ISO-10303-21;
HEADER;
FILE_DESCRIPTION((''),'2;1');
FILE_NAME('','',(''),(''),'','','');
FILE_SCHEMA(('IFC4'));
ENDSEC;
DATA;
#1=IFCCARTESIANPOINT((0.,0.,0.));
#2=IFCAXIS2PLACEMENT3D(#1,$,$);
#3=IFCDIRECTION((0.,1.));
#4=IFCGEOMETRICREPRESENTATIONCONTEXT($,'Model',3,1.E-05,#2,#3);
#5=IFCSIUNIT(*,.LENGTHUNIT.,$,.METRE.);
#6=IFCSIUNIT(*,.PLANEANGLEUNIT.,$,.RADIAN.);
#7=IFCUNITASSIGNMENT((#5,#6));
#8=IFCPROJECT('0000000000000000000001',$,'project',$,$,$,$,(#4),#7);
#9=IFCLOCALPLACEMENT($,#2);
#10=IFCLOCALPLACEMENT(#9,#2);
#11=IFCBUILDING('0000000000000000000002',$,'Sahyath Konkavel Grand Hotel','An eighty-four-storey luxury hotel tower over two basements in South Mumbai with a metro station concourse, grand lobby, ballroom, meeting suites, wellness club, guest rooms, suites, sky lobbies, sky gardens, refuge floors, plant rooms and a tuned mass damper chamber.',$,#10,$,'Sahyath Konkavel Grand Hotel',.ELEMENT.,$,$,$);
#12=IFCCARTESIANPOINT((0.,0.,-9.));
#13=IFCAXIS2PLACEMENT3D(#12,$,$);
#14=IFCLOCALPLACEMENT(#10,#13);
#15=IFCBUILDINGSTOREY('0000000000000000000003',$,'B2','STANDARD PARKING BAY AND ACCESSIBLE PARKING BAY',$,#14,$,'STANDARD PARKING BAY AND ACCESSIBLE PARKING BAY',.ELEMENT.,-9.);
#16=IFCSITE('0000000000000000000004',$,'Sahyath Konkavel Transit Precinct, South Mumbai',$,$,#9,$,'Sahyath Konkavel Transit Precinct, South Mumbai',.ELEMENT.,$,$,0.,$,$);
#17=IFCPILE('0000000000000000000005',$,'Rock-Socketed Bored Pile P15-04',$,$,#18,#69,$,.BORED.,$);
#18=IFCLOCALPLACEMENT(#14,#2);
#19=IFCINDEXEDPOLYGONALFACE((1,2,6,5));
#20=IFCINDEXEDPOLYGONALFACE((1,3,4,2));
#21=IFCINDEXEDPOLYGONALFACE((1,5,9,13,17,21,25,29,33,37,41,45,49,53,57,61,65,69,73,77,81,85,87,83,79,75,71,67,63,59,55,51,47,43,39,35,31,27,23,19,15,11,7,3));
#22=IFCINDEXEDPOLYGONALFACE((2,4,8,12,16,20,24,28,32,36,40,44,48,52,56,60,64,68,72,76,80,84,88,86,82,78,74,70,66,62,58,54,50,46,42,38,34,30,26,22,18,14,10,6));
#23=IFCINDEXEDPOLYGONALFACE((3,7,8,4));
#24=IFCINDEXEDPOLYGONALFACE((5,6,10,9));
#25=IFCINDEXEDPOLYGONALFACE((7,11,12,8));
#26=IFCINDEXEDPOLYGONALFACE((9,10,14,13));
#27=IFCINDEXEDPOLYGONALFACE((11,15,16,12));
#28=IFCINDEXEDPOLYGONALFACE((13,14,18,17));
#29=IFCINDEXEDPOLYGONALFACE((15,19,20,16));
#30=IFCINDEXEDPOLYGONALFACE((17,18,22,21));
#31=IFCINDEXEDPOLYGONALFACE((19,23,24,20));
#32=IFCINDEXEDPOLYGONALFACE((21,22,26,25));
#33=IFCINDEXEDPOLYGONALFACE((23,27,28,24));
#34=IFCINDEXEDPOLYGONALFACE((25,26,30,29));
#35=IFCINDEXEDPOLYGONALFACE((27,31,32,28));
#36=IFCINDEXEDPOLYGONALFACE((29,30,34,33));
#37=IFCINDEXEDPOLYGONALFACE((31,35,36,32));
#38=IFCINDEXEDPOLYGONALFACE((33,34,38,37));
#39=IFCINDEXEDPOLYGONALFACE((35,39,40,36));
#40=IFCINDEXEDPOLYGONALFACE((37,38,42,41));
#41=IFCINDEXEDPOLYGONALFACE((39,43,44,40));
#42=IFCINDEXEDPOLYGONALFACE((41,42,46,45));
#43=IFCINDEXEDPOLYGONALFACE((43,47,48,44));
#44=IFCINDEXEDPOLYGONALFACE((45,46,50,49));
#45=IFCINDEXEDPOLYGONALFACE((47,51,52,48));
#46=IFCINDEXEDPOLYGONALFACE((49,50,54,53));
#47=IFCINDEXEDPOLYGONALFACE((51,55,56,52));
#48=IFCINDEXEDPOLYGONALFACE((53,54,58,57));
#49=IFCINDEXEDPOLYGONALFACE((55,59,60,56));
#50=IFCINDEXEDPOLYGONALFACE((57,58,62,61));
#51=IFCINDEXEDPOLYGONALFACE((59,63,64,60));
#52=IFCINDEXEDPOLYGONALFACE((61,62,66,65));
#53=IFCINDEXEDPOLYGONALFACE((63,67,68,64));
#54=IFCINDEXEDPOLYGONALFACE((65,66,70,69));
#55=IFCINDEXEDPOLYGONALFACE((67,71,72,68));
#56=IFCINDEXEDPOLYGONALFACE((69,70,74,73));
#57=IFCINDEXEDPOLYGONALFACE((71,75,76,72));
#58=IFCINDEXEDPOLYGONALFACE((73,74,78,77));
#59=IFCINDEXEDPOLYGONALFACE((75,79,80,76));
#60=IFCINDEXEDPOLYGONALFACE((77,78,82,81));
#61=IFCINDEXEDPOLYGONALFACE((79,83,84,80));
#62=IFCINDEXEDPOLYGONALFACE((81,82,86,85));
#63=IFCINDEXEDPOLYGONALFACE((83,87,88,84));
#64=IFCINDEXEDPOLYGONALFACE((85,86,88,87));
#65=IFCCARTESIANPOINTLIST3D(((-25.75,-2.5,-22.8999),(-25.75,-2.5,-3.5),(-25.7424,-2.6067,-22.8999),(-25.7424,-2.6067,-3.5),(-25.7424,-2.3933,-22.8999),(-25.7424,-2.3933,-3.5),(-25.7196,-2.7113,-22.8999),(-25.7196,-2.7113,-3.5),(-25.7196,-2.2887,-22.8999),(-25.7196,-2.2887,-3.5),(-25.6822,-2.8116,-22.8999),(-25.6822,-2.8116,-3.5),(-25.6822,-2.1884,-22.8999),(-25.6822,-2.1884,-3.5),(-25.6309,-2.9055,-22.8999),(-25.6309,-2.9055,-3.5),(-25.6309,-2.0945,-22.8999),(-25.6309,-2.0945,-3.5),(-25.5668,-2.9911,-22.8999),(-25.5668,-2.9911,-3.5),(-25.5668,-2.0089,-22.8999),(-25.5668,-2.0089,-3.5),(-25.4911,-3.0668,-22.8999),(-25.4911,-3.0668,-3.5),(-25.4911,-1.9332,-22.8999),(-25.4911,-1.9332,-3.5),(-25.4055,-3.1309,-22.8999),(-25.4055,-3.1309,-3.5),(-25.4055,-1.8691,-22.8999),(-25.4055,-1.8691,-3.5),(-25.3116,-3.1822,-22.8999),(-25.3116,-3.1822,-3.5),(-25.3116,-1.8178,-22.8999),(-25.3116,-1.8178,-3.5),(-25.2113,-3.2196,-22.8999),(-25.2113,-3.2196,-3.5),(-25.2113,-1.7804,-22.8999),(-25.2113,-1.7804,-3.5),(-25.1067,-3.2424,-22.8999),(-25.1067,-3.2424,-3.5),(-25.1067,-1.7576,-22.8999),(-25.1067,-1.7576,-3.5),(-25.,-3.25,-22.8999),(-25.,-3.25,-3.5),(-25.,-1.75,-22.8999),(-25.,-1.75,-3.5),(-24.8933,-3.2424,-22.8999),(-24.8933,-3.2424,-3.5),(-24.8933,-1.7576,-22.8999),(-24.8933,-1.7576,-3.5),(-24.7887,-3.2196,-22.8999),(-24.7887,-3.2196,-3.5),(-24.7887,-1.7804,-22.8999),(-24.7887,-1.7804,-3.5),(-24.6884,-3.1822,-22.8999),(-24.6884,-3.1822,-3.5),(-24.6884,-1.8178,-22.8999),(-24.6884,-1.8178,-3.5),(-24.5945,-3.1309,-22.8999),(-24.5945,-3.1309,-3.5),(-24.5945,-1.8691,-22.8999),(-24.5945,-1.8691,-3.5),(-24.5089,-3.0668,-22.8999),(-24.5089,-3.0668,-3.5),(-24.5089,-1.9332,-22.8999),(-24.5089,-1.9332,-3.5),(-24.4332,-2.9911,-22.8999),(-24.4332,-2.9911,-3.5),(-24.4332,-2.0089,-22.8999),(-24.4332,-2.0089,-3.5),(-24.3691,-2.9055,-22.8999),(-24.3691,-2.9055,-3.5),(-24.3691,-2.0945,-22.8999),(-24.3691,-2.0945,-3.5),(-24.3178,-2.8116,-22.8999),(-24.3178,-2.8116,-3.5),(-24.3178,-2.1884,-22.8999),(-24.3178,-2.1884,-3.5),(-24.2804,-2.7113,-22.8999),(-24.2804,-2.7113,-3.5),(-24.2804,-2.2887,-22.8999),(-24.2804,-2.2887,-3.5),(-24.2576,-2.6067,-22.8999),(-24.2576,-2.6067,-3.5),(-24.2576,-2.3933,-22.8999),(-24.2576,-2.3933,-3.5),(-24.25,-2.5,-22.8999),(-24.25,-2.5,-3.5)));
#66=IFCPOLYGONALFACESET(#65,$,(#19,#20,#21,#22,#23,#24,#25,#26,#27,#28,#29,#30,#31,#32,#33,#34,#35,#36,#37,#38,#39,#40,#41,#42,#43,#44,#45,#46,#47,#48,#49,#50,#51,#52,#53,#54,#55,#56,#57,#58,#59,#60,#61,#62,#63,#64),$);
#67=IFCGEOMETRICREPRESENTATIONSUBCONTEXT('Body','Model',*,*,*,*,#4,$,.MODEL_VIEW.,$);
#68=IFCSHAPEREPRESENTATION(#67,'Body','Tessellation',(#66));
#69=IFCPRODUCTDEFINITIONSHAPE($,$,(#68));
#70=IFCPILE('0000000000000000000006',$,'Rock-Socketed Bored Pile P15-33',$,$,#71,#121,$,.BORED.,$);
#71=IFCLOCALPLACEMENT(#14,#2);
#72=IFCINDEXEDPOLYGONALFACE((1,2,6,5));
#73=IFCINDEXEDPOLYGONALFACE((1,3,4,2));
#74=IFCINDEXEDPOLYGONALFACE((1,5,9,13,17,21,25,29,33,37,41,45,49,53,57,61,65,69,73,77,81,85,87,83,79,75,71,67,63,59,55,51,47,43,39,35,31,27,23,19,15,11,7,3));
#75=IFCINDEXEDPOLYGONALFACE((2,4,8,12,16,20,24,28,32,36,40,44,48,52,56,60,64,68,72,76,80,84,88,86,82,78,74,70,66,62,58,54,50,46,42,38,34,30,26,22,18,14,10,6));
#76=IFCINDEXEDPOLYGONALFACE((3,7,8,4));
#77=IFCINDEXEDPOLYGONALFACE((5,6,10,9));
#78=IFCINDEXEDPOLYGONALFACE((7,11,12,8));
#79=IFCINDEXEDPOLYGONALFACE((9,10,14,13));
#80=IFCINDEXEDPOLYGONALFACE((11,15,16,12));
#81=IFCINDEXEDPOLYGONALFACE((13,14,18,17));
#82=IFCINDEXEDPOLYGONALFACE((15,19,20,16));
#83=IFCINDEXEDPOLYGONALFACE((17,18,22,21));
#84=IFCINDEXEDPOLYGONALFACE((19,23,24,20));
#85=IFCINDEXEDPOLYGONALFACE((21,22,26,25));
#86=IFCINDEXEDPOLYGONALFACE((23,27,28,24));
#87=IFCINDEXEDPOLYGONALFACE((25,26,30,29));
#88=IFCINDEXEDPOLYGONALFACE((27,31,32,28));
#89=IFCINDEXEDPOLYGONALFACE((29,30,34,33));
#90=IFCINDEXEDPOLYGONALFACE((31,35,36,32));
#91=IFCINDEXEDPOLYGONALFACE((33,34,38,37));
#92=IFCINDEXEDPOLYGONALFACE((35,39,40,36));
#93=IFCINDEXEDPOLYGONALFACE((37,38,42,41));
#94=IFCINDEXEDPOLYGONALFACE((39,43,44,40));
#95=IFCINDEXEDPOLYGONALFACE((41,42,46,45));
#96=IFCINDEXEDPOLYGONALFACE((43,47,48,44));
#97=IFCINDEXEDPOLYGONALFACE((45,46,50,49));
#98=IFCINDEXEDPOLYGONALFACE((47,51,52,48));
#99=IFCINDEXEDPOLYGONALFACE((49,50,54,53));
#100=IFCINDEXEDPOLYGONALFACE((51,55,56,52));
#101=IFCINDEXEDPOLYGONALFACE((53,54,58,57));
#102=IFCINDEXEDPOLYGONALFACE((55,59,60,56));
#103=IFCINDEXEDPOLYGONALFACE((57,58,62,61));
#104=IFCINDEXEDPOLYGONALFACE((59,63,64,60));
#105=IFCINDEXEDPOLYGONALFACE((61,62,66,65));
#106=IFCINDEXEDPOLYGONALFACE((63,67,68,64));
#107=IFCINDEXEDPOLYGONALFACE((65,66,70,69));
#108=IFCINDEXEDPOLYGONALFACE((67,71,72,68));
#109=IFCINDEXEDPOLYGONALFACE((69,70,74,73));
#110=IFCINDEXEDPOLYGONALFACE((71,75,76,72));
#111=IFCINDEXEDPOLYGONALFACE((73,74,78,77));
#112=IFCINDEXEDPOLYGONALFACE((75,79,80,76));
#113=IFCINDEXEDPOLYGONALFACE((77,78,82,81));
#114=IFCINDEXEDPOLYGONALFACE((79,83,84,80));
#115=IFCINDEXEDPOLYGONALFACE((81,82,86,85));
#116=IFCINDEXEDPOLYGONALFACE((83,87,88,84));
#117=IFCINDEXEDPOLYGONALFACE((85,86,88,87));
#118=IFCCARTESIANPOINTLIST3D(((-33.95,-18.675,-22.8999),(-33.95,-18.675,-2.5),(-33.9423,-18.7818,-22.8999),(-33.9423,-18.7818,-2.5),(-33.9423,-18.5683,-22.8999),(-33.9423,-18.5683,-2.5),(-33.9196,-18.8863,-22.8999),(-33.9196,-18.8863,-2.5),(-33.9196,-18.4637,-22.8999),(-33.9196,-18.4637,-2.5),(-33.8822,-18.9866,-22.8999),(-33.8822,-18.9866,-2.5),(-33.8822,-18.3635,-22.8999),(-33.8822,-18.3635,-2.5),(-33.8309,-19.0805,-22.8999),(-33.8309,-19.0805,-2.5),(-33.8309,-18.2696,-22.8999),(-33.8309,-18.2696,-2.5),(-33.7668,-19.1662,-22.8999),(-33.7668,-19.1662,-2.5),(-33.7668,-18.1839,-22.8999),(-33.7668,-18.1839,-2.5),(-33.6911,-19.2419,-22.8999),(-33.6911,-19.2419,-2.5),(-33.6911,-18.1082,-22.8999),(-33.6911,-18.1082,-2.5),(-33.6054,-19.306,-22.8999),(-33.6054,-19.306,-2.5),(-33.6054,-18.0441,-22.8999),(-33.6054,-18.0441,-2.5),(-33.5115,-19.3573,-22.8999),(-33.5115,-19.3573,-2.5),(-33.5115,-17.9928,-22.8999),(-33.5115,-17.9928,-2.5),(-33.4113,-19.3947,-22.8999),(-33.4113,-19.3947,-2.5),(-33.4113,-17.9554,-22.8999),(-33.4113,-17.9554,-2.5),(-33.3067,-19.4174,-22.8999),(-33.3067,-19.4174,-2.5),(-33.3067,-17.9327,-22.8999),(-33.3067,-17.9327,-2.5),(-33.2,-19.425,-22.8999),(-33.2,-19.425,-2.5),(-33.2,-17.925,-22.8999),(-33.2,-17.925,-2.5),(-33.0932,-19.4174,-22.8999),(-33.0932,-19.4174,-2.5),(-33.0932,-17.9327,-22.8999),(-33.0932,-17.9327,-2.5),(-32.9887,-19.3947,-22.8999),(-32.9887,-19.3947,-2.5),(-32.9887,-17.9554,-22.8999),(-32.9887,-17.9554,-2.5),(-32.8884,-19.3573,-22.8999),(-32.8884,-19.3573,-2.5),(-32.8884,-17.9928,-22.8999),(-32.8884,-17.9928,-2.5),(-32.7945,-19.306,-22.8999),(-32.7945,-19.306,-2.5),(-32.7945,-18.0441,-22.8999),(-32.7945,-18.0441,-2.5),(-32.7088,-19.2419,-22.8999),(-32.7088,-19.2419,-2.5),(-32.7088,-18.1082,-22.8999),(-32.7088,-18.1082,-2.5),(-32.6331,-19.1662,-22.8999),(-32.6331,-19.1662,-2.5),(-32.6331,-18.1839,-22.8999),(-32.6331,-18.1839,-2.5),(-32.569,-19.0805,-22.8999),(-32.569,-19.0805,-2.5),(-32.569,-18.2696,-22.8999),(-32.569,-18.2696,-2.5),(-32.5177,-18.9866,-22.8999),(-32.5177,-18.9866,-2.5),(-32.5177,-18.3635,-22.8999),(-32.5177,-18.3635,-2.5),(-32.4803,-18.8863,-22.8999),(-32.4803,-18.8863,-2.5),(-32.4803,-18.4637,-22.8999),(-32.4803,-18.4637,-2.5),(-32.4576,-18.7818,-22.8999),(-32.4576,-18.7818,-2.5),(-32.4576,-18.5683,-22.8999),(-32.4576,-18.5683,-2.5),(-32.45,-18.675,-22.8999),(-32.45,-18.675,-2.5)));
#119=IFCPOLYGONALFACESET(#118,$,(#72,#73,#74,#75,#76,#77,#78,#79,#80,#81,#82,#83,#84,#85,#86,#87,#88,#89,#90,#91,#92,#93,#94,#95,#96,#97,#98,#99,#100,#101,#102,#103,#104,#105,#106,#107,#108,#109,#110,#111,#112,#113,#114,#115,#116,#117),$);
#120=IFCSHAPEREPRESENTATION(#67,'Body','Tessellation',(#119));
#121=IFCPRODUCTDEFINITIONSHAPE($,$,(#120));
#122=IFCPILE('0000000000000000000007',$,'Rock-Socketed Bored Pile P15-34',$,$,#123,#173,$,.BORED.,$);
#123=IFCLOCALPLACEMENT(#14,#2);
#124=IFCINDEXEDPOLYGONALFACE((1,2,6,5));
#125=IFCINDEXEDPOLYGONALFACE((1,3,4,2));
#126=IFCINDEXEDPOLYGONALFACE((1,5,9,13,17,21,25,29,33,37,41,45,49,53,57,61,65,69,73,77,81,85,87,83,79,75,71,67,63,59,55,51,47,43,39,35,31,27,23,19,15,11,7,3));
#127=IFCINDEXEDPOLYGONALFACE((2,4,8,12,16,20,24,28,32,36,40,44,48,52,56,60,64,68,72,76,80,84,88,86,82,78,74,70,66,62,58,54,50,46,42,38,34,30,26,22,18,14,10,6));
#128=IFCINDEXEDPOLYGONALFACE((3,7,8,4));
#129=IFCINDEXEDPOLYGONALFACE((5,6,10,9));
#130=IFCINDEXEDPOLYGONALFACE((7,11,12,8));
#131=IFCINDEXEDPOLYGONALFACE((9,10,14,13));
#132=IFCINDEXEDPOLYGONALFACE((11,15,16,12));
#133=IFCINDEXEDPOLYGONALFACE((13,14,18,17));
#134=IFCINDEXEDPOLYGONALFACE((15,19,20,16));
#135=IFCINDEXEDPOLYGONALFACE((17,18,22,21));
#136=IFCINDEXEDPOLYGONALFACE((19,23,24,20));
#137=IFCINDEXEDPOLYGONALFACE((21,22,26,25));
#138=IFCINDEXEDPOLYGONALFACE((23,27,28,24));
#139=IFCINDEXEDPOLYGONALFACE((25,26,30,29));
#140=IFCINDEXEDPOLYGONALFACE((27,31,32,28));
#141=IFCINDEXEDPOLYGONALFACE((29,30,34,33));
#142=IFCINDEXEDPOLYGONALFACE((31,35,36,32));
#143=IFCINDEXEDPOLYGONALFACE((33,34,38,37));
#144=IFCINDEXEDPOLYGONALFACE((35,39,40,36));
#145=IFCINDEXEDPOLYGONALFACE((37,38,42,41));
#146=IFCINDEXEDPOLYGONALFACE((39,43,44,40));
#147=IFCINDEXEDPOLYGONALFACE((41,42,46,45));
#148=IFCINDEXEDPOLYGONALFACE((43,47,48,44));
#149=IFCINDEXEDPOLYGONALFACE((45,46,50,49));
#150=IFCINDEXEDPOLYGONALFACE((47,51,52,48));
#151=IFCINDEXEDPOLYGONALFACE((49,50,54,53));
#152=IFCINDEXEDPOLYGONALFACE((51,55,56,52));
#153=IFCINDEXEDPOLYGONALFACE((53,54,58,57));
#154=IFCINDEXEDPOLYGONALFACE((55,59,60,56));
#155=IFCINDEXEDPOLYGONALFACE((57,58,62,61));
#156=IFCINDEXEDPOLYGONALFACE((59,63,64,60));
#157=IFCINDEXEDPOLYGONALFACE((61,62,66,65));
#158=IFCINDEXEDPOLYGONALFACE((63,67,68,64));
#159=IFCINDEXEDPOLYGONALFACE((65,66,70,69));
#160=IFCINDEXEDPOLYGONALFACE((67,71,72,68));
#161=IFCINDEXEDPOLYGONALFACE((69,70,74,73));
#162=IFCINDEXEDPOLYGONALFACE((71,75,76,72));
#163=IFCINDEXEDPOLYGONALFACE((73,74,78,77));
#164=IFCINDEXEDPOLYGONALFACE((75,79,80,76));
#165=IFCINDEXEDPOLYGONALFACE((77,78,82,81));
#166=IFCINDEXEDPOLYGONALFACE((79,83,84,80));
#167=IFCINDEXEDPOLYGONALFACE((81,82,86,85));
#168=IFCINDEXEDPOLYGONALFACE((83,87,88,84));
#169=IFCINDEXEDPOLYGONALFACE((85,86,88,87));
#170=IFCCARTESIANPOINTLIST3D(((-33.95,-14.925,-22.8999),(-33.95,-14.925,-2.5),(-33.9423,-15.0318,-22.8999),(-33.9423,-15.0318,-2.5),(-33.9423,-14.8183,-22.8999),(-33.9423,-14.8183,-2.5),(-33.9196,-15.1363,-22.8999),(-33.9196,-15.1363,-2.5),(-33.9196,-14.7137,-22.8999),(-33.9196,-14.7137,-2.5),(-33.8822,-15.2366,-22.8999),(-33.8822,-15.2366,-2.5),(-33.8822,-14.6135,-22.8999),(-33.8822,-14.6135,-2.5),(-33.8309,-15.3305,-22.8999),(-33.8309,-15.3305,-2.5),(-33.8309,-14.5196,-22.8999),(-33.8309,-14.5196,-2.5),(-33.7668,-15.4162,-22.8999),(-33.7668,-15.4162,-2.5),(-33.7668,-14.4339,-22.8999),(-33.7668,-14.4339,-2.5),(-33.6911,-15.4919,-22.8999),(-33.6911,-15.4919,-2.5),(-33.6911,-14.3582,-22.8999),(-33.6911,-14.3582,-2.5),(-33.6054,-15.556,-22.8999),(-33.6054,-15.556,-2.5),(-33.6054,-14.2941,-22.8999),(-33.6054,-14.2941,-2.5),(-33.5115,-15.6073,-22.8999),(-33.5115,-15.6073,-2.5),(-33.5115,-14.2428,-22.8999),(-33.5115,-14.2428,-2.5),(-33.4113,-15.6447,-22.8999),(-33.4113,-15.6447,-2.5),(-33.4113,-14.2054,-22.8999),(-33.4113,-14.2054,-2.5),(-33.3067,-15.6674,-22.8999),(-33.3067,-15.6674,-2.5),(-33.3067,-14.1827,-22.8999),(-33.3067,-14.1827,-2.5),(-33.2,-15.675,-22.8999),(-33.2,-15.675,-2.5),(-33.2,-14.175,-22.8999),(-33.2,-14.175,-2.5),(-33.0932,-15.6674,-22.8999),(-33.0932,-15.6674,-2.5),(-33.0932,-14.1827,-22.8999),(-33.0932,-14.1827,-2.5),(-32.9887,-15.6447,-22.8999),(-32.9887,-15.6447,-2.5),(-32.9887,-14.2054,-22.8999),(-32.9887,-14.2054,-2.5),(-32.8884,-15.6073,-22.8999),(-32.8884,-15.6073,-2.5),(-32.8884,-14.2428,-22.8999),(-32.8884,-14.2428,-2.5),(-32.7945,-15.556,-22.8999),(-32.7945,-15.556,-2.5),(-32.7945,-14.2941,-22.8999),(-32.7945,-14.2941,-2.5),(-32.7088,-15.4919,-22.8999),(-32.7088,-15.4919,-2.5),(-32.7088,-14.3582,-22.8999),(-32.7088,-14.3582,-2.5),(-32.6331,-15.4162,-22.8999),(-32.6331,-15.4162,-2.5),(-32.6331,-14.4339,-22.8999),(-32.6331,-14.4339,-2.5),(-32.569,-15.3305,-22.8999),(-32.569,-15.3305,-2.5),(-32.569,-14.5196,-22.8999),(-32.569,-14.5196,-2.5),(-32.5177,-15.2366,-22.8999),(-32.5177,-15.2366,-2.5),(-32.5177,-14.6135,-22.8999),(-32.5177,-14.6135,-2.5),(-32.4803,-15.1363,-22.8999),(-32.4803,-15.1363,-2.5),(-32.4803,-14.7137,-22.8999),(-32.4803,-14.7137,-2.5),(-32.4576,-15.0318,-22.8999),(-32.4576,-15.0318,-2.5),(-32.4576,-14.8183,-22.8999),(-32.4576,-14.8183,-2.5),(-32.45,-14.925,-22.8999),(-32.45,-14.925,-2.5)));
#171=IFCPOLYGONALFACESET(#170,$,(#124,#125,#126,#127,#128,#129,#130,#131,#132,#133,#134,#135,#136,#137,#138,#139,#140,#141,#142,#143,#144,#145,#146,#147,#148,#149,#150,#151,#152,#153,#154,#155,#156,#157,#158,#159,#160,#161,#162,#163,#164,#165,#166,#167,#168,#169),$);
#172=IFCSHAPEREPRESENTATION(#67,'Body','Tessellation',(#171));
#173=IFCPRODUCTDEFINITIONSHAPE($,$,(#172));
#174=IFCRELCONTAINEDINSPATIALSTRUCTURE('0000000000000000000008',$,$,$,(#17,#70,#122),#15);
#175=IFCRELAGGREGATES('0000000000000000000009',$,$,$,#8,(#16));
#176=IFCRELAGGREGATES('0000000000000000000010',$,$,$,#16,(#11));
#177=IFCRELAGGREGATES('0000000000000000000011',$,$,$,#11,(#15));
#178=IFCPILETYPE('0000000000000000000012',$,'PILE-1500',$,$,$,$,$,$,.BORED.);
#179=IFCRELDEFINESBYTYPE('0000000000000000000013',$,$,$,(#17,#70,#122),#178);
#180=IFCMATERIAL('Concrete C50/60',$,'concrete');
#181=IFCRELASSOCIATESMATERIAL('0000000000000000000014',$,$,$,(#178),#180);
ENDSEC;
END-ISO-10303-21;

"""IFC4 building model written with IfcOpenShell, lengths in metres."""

from ifc_helpers import new_model, si_unit, direction, frame, origin, origin_2d, place, context, subcontext, project, spatial, circle, extrude, material, material_profile, profile_set, type_object, element, save


model = new_model("IFC4")

# Units and contexts
model_context = context("Model", 3, precision=1e-05, world=origin(), true_north=direction((0.0, 1.0)))
body_context = subcontext(model_context, "Body", "Model", "MODEL_VIEW")
ifc_project = project(units=[si_unit("LENGTHUNIT", "METRE"), si_unit("PLANEANGLEUNIT", "RADIAN")], contexts=[model_context])

# Site, building, storey
site_placement = place(None, origin())
site = spatial("IfcSite", under=ifc_project, at=site_placement, Name="Sahyath Konkavel Transit Precinct, South Mumbai", LongName="Sahyath Konkavel Transit Precinct, South Mumbai", CompositionType="ELEMENT", RefElevation=0.0)
building_placement = place(site_placement, origin())
building = spatial("IfcBuilding", under=site, at=building_placement, Name="Sahyath Konkavel Grand Hotel", Description="An eighty-four-storey luxury hotel tower over two basements in South Mumbai with a metro station concourse, grand lobby, ballroom, meeting suites, wellness club, guest rooms, suites, sky lobbies, sky gardens, refuge floors, plant rooms and a tuned mass damper chamber.", LongName="Sahyath Konkavel Grand Hotel", CompositionType="ELEMENT")
storey_placement = place(building_placement, frame((0.0, 0.0, -9.0)))
storey = spatial("IfcBuildingStorey", under=building, at=storey_placement, Name="B2", Description="STANDARD PARKING BAY AND ACCESSIBLE PARKING BAY", LongName="STANDARD PARKING BAY AND ACCESSIBLE PARKING BAY", CompositionType="ELEMENT", Elevation=-9.0)

# Piles
ifc_material_1 = material(Name="Concrete C50/60", Category="concrete")
ifc_material_profile_1 = material_profile(ifc_material_1, circle(Radius=0.75, at=origin_2d()), Name="PILE D1500")
ifc_profile_set_1 = profile_set([ifc_material_profile_1], Name="Concrete C50/60")
pile_type = type_object("IfcPileType", Name="PILE-1500", PredefinedType="BORED", material=ifc_profile_set_1)
for number, where, z_axis, x_axis, name in (
    (1, (-25.0, -2.5, -3.5), (0.0, 0.0, -1.0), (1.0, 0.0, 0.0), "Rock-Socketed Bored Pile P15-04"),
):
    element("IfcPile", number, at=place(storey_placement, frame(where, z_axis=z_axis, x_axis=x_axis)), inside=storey, type_object=pile_type, Name=name, PredefinedType="BORED", context=body_context, shape_type="SweptSolid", body=[
        extrude(circle(Radius=0.75, at=origin_2d()), origin(), (0.0, 0.0, 1.0), 19.3999),
    ])
for number, where, z_axis, x_axis, name in (
    (2, (-33.2, -18.675, -2.5), (0.0, 0.0, -1.0), (1.0, 0.0, 0.0), "Rock-Socketed Bored Pile P15-33"),
    (3, (-33.2, -14.925, -2.5), (0.0, 0.0, -1.0), (1.0, 0.0, 0.0), "Rock-Socketed Bored Pile P15-34"),
):
    element("IfcPile", number, at=place(storey_placement, frame(where, z_axis=z_axis, x_axis=x_axis)), inside=storey, type_object=pile_type, Name=name, PredefinedType="BORED", context=body_context, shape_type="SweptSolid", body=[
        extrude(circle(Radius=0.75, at=origin_2d()), origin(), (0.0, 0.0, 1.0), 20.3999),
    ])

save(model, "model.ifc")
